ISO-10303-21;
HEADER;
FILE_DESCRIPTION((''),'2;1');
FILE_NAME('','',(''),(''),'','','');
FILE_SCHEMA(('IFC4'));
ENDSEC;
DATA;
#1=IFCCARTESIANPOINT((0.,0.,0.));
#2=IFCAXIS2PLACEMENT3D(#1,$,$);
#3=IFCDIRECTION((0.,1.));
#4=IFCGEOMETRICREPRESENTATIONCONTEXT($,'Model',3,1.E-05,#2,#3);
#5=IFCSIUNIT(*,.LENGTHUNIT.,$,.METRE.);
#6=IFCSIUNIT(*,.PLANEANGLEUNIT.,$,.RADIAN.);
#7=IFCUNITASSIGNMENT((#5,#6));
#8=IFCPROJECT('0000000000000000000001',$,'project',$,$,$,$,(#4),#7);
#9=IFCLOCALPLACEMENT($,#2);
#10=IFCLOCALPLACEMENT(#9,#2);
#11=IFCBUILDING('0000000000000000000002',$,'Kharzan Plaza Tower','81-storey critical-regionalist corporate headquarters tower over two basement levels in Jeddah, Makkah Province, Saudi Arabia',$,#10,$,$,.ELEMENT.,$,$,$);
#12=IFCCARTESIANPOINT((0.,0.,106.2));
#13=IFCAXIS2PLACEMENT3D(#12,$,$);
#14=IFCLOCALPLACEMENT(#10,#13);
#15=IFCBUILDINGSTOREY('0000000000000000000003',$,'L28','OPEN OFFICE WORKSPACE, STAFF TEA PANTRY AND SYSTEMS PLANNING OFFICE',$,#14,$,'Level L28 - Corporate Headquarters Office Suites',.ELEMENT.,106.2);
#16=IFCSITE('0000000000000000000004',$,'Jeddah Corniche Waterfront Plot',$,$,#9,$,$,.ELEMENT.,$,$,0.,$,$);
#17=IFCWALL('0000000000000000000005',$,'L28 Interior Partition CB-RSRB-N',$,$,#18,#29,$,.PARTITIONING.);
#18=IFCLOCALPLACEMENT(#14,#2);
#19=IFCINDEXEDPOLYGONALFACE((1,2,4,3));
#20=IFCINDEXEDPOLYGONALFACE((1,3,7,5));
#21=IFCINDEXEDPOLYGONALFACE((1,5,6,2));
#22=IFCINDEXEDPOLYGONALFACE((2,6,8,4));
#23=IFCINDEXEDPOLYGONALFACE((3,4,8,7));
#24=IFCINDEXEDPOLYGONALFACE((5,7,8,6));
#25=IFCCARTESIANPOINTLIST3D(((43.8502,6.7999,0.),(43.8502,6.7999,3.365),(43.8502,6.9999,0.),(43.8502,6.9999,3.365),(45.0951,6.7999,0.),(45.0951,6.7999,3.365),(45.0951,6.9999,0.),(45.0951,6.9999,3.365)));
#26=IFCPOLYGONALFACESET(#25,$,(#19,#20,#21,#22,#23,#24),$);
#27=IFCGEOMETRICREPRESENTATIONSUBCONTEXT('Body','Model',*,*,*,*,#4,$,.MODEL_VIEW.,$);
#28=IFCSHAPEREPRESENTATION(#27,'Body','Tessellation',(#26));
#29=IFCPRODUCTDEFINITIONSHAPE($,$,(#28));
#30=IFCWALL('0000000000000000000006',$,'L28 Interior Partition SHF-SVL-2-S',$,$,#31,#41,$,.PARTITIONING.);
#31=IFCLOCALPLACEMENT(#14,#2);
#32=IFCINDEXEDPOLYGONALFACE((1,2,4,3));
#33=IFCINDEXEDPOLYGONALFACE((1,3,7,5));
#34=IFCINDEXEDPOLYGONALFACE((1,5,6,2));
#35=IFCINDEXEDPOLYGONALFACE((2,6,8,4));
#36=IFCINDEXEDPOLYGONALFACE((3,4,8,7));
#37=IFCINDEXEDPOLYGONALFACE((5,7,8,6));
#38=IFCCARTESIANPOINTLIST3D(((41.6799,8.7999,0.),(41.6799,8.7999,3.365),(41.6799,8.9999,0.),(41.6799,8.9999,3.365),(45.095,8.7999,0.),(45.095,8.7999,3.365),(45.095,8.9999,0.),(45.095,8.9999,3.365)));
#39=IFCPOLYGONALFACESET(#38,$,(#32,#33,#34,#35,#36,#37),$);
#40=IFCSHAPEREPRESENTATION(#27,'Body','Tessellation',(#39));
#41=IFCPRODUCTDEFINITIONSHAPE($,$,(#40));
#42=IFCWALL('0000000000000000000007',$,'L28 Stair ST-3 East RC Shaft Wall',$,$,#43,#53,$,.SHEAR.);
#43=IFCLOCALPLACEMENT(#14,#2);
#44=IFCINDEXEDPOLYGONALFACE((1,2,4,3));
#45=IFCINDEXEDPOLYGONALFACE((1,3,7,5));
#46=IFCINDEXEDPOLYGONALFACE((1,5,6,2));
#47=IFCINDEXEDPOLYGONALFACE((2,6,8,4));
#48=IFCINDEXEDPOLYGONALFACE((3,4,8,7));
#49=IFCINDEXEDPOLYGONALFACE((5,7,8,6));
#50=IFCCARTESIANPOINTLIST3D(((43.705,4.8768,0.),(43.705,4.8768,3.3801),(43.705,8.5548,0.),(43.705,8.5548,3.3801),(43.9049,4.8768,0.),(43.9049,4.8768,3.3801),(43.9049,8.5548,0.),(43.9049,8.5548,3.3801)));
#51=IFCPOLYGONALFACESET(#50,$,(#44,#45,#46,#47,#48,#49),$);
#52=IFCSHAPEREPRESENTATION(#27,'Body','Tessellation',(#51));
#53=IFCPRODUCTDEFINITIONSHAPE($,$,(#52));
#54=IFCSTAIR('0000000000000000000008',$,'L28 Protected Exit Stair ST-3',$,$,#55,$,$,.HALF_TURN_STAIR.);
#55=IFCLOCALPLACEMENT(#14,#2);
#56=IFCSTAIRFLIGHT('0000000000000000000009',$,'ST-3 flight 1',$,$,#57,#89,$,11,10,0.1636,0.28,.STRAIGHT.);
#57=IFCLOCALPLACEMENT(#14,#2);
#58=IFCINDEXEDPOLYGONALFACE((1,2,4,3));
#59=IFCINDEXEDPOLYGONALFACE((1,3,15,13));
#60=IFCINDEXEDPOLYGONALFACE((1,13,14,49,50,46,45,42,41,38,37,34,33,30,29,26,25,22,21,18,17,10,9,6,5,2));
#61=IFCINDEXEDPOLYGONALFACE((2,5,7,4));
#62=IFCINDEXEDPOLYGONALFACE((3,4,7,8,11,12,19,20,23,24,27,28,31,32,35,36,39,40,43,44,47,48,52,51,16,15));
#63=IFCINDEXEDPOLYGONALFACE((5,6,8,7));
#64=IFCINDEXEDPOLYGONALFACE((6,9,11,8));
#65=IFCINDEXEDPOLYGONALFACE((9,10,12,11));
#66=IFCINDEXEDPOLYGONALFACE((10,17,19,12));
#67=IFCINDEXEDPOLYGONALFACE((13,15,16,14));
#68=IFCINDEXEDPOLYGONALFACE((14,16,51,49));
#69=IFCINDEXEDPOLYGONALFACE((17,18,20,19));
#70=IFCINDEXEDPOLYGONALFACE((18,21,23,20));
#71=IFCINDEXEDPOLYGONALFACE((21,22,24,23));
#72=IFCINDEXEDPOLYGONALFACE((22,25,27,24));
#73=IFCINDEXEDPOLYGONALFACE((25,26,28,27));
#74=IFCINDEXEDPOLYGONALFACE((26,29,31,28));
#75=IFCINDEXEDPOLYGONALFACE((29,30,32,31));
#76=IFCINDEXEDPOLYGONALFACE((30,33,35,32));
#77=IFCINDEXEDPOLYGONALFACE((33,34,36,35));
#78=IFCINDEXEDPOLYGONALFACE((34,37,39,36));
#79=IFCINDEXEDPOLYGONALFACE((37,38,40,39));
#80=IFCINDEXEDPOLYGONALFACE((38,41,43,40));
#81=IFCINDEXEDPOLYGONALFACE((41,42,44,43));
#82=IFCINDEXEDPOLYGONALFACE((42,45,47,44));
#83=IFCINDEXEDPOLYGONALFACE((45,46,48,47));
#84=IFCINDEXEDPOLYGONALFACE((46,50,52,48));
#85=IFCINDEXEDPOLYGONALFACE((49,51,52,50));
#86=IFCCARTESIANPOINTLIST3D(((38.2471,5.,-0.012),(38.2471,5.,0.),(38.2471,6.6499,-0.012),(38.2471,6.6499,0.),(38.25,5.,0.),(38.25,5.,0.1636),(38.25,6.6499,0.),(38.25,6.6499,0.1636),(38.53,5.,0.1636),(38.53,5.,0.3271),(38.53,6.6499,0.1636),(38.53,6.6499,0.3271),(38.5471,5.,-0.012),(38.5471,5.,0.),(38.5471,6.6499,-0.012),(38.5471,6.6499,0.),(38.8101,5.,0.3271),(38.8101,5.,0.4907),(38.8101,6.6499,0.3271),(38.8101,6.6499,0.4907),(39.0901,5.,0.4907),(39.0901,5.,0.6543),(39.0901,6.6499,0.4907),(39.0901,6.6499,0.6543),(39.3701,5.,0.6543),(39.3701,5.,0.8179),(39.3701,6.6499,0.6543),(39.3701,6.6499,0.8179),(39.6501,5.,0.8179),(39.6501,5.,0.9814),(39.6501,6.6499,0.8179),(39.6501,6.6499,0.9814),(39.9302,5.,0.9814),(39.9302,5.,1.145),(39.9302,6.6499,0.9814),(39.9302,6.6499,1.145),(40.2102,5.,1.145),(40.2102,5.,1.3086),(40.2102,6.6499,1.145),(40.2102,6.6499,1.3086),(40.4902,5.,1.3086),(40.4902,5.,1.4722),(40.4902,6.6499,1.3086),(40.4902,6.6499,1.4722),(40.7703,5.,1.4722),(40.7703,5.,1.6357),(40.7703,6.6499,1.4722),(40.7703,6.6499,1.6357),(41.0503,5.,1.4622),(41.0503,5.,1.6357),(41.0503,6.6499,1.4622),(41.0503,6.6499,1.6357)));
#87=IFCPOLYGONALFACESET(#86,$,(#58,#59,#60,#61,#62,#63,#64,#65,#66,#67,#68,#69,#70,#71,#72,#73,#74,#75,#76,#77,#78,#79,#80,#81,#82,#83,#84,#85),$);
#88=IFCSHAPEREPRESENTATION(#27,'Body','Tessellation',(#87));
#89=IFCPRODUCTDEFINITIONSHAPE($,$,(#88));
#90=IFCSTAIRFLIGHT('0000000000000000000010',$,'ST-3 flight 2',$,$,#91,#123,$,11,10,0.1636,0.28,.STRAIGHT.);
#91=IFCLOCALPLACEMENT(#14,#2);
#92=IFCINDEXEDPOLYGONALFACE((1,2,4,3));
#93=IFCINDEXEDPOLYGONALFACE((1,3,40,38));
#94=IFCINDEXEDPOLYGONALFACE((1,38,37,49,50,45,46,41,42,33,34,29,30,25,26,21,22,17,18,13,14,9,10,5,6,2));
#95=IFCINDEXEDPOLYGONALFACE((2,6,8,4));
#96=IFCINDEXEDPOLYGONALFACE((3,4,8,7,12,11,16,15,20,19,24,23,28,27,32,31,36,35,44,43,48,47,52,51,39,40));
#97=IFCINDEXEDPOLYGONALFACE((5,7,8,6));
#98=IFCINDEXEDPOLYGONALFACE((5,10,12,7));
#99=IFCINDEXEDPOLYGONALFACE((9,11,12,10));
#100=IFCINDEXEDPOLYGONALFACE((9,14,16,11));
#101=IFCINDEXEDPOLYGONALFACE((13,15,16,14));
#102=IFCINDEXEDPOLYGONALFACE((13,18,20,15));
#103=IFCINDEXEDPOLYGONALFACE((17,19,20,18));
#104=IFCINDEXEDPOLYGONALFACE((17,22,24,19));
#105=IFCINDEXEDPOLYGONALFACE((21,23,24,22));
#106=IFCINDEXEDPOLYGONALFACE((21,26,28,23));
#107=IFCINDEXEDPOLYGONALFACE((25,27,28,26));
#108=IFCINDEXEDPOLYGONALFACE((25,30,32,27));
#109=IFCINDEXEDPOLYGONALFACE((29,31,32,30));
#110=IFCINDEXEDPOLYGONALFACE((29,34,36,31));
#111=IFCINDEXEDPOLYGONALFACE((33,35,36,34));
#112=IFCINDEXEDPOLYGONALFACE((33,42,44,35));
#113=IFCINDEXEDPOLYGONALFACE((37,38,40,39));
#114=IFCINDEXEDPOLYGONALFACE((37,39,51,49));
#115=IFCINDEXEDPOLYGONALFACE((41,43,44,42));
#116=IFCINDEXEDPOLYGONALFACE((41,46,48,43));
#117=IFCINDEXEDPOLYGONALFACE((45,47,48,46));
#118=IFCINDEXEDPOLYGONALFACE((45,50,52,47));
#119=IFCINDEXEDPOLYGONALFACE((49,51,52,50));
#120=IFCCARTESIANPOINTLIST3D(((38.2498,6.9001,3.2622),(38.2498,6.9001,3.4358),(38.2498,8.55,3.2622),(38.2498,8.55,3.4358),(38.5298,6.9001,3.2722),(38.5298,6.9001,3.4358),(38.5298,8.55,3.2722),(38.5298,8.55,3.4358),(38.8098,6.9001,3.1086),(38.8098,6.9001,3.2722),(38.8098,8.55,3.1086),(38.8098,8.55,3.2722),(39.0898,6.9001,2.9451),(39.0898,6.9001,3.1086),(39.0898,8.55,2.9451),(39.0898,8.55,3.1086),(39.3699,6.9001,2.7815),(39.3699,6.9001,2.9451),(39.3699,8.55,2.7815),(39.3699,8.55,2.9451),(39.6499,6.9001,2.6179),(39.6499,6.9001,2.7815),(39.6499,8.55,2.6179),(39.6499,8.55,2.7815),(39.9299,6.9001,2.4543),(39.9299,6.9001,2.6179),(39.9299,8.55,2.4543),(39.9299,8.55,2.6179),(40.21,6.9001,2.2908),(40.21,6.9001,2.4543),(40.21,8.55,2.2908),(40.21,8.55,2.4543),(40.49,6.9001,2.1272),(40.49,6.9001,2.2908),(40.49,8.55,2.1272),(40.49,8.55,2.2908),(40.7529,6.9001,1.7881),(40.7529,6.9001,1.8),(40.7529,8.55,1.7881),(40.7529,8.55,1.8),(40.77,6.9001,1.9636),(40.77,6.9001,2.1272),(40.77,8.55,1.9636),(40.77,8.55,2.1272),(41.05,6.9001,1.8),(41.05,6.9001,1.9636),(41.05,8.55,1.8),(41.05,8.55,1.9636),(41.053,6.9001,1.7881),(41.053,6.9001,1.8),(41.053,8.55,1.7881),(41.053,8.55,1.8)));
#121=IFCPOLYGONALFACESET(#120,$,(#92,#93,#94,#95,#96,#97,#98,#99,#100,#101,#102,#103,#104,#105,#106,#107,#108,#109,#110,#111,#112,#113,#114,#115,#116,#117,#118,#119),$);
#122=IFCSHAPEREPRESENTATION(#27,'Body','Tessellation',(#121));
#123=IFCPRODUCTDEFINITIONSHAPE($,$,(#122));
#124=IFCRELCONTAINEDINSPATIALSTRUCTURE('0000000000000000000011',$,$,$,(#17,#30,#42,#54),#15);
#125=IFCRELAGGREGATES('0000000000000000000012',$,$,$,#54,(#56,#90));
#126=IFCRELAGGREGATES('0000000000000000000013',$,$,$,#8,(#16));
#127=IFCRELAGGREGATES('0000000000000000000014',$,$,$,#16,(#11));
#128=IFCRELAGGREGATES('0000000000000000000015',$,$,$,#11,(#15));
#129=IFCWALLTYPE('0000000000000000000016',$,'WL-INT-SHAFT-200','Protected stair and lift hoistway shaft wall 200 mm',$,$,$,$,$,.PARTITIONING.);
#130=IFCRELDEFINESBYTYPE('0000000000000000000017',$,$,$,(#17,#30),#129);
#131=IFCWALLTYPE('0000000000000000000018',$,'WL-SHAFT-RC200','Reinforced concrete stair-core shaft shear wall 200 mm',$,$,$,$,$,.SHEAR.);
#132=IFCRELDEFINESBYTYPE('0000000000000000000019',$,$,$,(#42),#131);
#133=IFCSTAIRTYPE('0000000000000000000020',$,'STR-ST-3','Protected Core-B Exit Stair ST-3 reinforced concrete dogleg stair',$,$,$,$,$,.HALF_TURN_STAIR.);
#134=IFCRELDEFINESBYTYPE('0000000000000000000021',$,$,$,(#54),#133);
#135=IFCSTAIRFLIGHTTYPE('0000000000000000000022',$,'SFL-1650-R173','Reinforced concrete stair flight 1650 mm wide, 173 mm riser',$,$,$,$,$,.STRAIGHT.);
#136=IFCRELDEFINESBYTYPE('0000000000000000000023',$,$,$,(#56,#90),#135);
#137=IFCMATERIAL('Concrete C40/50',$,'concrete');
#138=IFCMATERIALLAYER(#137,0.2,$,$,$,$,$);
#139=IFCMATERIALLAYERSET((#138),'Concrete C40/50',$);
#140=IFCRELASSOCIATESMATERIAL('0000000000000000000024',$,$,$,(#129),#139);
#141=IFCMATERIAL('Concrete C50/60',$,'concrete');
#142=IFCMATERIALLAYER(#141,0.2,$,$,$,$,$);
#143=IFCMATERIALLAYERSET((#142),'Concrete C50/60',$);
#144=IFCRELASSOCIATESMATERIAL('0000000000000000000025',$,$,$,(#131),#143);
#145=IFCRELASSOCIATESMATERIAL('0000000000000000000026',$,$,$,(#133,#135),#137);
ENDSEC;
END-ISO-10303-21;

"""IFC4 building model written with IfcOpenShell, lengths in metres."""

from ifc_helpers import new_model, si_unit, direction, frame, frame_2d, origin, place, context, subcontext, project, spatial, polyline, rectangle, outline, extrude, source, transform, mapped, material, layer, layer_set, type_object, element, aggregate, save


model = new_model("IFC4")

# Units and contexts
model_context = context("Model", 3, precision=1e-05, world=origin(), true_north=direction((0.0, 1.0)))
body_context = subcontext(model_context, "Body", "Model", "MODEL_VIEW")
ifc_project = project(units=[si_unit("LENGTHUNIT", "METRE"), si_unit("PLANEANGLEUNIT", "RADIAN")], contexts=[model_context])

# Site, building, storey
site_placement = place(None, origin())
site = spatial("IfcSite", under=ifc_project, at=site_placement, Name="Jeddah Corniche Waterfront Plot", CompositionType="ELEMENT", RefElevation=0.0)
building_placement = place(site_placement, origin())
building = spatial("IfcBuilding", under=site, at=building_placement, Name="Kharzan Plaza Tower", Description="81-storey critical-regionalist corporate headquarters tower over two basement levels in Jeddah, Makkah Province, Saudi Arabia", CompositionType="ELEMENT")
storey_placement = place(building_placement, frame((0.0, 0.0, 106.2)))
storey = spatial("IfcBuildingStorey", under=building, at=storey_placement, Name="L28", Description="OPEN OFFICE WORKSPACE, STAFF TEA PANTRY AND SYSTEMS PLANNING OFFICE", LongName="Level L28 - Corporate Headquarters Office Suites", CompositionType="ELEMENT", Elevation=106.2)

# Shared definitions
ifc_material_1 = material(Name="Concrete C40/50", Category="concrete")

# Shared definitions
ifc_layer_1 = layer(ifc_material_1, 0.2)
ifc_layer_set_1 = layer_set([ifc_layer_1], Name="Concrete C40/50")
wall_type_1 = type_object("IfcWallType", Name="WL-INT-SHAFT-200", Description="Protected stair and lift hoistway shaft wall 200 mm", PredefinedType="PARTITIONING", material=ifc_layer_set_1)
ifc_material_2 = material(Name="Concrete C50/60", Category="concrete")
ifc_layer_2 = layer(ifc_material_2, 0.2)
ifc_layer_set_2 = layer_set([ifc_layer_2], Name="Concrete C50/60")
wall_type_2 = type_object("IfcWallType", Name="WL-SHAFT-RC200", Description="Reinforced concrete stair-core shaft shear wall 200 mm", PredefinedType="SHEAR", material=ifc_layer_set_2)

# Walls
shared_shape_1 = source(origin(), body_context, "Body", "SweptSolid", [
    extrude(rectangle(XDim=1.2449, YDim=0.2, at=frame_2d((0.6226, 0.0))), origin(), (0.0, 0.0, 1.0), 3.365),
])
wall_1_placement = place(storey_placement, frame((43.8501, 6.8999, 0.0), z_axis=(0.0, 0.0, 1.0), x_axis=(1.0, 0.0, 0.0)))
element("IfcWall", 1, at=wall_1_placement, inside=storey, type_object=wall_type_1, Name="L28 Interior Partition CB-RSRB-N", PredefinedType="PARTITIONING", context=body_context, shape_type="MappedRepresentation", body=[
    mapped(shared_shape_1, transform((0.0, 0.0, 0.0), x_axis=(1.0, 0.0, 0.0), y_axis=(0.0, 1.0, 0.0), z_axis=(0.0, 0.0, 1.0))),
])
shared_shape_2 = source(origin(), body_context, "Body", "SweptSolid", [
    extrude(rectangle(XDim=3.415, YDim=0.2, at=frame_2d((1.7075, 0.0))), origin(), (0.0, 0.0, 1.0), 3.365),
])
wall_2_placement = place(storey_placement, frame((41.6799, 8.8999, 0.0), z_axis=(0.0, 0.0, 1.0), x_axis=(1.0, 0.0, 0.0)))
element("IfcWall", 2, at=wall_2_placement, inside=storey, type_object=wall_type_1, Name="L28 Interior Partition SHF-SVL-2-S", PredefinedType="PARTITIONING", context=body_context, shape_type="MappedRepresentation", body=[
    mapped(shared_shape_2, transform((0.0, 0.0, 0.0), x_axis=(1.0, 0.0, 0.0), y_axis=(0.0, 1.0, 0.0), z_axis=(0.0, 0.0, 1.0))),
])
shared_shape_3 = source(origin(), body_context, "Body", "SweptSolid", [
    extrude(rectangle(XDim=3.678, YDim=0.2, at=frame_2d((1.8389, 0.0))), origin(), (0.0, 0.0, 1.0), 3.3801),
])
wall_3_placement = place(storey_placement, frame((43.8049, 4.877, 0.0), z_axis=(0.0, 0.0, 1.0), x_axis=(0.0, 1.0, 0.0)))
element("IfcWall", 3, at=wall_3_placement, inside=storey, type_object=wall_type_2, Name="L28 Stair ST-3 East RC Shaft Wall", PredefinedType="SHEAR", context=body_context, shape_type="MappedRepresentation", body=[
    mapped(shared_shape_3, transform((0.0, 0.0, 0.0), x_axis=(1.0, 0.0, 0.0), y_axis=(0.0, 1.0, 0.0), z_axis=(0.0, 0.0, 1.0))),
])

# Stair, stair flights
stair_type = type_object("IfcStairType", Name="STR-ST-3", Description="Protected Core-B Exit Stair ST-3 reinforced concrete dogleg stair", PredefinedType="HALF_TURN_STAIR", material=ifc_material_1)
stair_placement = place(storey_placement, origin())
stair = element("IfcStair", 4, at=stair_placement, inside=storey, type_object=stair_type, Name="L28 Protected Exit Stair ST-3", PredefinedType="HALF_TURN_STAIR")
stair_flight_type = type_object("IfcStairFlightType", Name="SFL-1650-R173", Description="Reinforced concrete stair flight 1650 mm wide, 173 mm riser", PredefinedType="STRAIGHT", material=ifc_material_1)
shared_shape_4 = source(origin(), body_context, "Body", "SweptSolid", [
    extrude(outline(polyline([(-0.0029, -0.012), (-0.0029, 0.0), (0.0, 0.0), (0.0, 0.1636), (0.28, 0.1636), (0.28, 0.3271), (0.5601, 0.3271), (0.5601, 0.4907), (0.8401, 0.4907), (0.8401, 0.6543), (1.1201, 0.6543), (1.1201, 0.8179), (1.4001, 0.8179), (1.4001, 0.9814), (1.6802, 0.9814), (1.6802, 1.145), (1.9602, 1.145), (1.9602, 1.3086), (2.2402, 1.3086), (2.2402, 1.4722), (2.5203, 1.4722), (2.5203, 1.6357), (2.8003, 1.6357), (2.8003, 1.7993), (2.8003, 1.4622), (0.2971, 0.0), (0.2971, -0.012), (-0.0029, -0.012)])), frame((0.0, 0.825, 0.0), z_axis=(0.0, -1.0, 0.0), x_axis=(1.0, 0.0, 0.0)), (0.0, 0.0, 1.0), 1.6499),
])
stair_flight_1_placement = place(storey_placement, frame((38.25, 5.825, 0.0), z_axis=(0.0, 0.0, 1.0), x_axis=(1.0, 0.0, 0.0)))
stair_flight_1 = element("IfcStairFlight", 5, at=stair_flight_1_placement, type_object=stair_flight_type, Name="ST-3 flight 1", NumberOfRisers=11, NumberOfTreads=10, PredefinedType="STRAIGHT", RiserHeight=0.1636, TreadLength=0.28, context=body_context, shape_type="MappedRepresentation", body=[
    mapped(shared_shape_4, transform((0.0, 0.0, 0.0), x_axis=(1.0, 0.0, 0.0), y_axis=(0.0, 1.0, 0.0), z_axis=(0.0, 0.0, 1.0))),
])
stair_flight_2_placement = place(storey_placement, frame((41.05, 7.7251, 1.8), z_axis=(0.0, 0.0, 1.0), x_axis=(-1.0, 0.0, 0.0)))
stair_flight_2 = element("IfcStairFlight", 6, at=stair_flight_2_placement, type_object=stair_flight_type, Name="ST-3 flight 2", NumberOfRisers=11, NumberOfTreads=10, PredefinedType="STRAIGHT", RiserHeight=0.1636, TreadLength=0.28, context=body_context, shape_type="MappedRepresentation", body=[
    mapped(shared_shape_4, transform((0.0, 0.0, 0.0), x_axis=(1.0, 0.0, 0.0), y_axis=(0.0, 1.0, 0.0), z_axis=(0.0, 0.0, 1.0))),
])
aggregate(stair, [stair_flight_1, stair_flight_2])

save(model, "model.ifc")
